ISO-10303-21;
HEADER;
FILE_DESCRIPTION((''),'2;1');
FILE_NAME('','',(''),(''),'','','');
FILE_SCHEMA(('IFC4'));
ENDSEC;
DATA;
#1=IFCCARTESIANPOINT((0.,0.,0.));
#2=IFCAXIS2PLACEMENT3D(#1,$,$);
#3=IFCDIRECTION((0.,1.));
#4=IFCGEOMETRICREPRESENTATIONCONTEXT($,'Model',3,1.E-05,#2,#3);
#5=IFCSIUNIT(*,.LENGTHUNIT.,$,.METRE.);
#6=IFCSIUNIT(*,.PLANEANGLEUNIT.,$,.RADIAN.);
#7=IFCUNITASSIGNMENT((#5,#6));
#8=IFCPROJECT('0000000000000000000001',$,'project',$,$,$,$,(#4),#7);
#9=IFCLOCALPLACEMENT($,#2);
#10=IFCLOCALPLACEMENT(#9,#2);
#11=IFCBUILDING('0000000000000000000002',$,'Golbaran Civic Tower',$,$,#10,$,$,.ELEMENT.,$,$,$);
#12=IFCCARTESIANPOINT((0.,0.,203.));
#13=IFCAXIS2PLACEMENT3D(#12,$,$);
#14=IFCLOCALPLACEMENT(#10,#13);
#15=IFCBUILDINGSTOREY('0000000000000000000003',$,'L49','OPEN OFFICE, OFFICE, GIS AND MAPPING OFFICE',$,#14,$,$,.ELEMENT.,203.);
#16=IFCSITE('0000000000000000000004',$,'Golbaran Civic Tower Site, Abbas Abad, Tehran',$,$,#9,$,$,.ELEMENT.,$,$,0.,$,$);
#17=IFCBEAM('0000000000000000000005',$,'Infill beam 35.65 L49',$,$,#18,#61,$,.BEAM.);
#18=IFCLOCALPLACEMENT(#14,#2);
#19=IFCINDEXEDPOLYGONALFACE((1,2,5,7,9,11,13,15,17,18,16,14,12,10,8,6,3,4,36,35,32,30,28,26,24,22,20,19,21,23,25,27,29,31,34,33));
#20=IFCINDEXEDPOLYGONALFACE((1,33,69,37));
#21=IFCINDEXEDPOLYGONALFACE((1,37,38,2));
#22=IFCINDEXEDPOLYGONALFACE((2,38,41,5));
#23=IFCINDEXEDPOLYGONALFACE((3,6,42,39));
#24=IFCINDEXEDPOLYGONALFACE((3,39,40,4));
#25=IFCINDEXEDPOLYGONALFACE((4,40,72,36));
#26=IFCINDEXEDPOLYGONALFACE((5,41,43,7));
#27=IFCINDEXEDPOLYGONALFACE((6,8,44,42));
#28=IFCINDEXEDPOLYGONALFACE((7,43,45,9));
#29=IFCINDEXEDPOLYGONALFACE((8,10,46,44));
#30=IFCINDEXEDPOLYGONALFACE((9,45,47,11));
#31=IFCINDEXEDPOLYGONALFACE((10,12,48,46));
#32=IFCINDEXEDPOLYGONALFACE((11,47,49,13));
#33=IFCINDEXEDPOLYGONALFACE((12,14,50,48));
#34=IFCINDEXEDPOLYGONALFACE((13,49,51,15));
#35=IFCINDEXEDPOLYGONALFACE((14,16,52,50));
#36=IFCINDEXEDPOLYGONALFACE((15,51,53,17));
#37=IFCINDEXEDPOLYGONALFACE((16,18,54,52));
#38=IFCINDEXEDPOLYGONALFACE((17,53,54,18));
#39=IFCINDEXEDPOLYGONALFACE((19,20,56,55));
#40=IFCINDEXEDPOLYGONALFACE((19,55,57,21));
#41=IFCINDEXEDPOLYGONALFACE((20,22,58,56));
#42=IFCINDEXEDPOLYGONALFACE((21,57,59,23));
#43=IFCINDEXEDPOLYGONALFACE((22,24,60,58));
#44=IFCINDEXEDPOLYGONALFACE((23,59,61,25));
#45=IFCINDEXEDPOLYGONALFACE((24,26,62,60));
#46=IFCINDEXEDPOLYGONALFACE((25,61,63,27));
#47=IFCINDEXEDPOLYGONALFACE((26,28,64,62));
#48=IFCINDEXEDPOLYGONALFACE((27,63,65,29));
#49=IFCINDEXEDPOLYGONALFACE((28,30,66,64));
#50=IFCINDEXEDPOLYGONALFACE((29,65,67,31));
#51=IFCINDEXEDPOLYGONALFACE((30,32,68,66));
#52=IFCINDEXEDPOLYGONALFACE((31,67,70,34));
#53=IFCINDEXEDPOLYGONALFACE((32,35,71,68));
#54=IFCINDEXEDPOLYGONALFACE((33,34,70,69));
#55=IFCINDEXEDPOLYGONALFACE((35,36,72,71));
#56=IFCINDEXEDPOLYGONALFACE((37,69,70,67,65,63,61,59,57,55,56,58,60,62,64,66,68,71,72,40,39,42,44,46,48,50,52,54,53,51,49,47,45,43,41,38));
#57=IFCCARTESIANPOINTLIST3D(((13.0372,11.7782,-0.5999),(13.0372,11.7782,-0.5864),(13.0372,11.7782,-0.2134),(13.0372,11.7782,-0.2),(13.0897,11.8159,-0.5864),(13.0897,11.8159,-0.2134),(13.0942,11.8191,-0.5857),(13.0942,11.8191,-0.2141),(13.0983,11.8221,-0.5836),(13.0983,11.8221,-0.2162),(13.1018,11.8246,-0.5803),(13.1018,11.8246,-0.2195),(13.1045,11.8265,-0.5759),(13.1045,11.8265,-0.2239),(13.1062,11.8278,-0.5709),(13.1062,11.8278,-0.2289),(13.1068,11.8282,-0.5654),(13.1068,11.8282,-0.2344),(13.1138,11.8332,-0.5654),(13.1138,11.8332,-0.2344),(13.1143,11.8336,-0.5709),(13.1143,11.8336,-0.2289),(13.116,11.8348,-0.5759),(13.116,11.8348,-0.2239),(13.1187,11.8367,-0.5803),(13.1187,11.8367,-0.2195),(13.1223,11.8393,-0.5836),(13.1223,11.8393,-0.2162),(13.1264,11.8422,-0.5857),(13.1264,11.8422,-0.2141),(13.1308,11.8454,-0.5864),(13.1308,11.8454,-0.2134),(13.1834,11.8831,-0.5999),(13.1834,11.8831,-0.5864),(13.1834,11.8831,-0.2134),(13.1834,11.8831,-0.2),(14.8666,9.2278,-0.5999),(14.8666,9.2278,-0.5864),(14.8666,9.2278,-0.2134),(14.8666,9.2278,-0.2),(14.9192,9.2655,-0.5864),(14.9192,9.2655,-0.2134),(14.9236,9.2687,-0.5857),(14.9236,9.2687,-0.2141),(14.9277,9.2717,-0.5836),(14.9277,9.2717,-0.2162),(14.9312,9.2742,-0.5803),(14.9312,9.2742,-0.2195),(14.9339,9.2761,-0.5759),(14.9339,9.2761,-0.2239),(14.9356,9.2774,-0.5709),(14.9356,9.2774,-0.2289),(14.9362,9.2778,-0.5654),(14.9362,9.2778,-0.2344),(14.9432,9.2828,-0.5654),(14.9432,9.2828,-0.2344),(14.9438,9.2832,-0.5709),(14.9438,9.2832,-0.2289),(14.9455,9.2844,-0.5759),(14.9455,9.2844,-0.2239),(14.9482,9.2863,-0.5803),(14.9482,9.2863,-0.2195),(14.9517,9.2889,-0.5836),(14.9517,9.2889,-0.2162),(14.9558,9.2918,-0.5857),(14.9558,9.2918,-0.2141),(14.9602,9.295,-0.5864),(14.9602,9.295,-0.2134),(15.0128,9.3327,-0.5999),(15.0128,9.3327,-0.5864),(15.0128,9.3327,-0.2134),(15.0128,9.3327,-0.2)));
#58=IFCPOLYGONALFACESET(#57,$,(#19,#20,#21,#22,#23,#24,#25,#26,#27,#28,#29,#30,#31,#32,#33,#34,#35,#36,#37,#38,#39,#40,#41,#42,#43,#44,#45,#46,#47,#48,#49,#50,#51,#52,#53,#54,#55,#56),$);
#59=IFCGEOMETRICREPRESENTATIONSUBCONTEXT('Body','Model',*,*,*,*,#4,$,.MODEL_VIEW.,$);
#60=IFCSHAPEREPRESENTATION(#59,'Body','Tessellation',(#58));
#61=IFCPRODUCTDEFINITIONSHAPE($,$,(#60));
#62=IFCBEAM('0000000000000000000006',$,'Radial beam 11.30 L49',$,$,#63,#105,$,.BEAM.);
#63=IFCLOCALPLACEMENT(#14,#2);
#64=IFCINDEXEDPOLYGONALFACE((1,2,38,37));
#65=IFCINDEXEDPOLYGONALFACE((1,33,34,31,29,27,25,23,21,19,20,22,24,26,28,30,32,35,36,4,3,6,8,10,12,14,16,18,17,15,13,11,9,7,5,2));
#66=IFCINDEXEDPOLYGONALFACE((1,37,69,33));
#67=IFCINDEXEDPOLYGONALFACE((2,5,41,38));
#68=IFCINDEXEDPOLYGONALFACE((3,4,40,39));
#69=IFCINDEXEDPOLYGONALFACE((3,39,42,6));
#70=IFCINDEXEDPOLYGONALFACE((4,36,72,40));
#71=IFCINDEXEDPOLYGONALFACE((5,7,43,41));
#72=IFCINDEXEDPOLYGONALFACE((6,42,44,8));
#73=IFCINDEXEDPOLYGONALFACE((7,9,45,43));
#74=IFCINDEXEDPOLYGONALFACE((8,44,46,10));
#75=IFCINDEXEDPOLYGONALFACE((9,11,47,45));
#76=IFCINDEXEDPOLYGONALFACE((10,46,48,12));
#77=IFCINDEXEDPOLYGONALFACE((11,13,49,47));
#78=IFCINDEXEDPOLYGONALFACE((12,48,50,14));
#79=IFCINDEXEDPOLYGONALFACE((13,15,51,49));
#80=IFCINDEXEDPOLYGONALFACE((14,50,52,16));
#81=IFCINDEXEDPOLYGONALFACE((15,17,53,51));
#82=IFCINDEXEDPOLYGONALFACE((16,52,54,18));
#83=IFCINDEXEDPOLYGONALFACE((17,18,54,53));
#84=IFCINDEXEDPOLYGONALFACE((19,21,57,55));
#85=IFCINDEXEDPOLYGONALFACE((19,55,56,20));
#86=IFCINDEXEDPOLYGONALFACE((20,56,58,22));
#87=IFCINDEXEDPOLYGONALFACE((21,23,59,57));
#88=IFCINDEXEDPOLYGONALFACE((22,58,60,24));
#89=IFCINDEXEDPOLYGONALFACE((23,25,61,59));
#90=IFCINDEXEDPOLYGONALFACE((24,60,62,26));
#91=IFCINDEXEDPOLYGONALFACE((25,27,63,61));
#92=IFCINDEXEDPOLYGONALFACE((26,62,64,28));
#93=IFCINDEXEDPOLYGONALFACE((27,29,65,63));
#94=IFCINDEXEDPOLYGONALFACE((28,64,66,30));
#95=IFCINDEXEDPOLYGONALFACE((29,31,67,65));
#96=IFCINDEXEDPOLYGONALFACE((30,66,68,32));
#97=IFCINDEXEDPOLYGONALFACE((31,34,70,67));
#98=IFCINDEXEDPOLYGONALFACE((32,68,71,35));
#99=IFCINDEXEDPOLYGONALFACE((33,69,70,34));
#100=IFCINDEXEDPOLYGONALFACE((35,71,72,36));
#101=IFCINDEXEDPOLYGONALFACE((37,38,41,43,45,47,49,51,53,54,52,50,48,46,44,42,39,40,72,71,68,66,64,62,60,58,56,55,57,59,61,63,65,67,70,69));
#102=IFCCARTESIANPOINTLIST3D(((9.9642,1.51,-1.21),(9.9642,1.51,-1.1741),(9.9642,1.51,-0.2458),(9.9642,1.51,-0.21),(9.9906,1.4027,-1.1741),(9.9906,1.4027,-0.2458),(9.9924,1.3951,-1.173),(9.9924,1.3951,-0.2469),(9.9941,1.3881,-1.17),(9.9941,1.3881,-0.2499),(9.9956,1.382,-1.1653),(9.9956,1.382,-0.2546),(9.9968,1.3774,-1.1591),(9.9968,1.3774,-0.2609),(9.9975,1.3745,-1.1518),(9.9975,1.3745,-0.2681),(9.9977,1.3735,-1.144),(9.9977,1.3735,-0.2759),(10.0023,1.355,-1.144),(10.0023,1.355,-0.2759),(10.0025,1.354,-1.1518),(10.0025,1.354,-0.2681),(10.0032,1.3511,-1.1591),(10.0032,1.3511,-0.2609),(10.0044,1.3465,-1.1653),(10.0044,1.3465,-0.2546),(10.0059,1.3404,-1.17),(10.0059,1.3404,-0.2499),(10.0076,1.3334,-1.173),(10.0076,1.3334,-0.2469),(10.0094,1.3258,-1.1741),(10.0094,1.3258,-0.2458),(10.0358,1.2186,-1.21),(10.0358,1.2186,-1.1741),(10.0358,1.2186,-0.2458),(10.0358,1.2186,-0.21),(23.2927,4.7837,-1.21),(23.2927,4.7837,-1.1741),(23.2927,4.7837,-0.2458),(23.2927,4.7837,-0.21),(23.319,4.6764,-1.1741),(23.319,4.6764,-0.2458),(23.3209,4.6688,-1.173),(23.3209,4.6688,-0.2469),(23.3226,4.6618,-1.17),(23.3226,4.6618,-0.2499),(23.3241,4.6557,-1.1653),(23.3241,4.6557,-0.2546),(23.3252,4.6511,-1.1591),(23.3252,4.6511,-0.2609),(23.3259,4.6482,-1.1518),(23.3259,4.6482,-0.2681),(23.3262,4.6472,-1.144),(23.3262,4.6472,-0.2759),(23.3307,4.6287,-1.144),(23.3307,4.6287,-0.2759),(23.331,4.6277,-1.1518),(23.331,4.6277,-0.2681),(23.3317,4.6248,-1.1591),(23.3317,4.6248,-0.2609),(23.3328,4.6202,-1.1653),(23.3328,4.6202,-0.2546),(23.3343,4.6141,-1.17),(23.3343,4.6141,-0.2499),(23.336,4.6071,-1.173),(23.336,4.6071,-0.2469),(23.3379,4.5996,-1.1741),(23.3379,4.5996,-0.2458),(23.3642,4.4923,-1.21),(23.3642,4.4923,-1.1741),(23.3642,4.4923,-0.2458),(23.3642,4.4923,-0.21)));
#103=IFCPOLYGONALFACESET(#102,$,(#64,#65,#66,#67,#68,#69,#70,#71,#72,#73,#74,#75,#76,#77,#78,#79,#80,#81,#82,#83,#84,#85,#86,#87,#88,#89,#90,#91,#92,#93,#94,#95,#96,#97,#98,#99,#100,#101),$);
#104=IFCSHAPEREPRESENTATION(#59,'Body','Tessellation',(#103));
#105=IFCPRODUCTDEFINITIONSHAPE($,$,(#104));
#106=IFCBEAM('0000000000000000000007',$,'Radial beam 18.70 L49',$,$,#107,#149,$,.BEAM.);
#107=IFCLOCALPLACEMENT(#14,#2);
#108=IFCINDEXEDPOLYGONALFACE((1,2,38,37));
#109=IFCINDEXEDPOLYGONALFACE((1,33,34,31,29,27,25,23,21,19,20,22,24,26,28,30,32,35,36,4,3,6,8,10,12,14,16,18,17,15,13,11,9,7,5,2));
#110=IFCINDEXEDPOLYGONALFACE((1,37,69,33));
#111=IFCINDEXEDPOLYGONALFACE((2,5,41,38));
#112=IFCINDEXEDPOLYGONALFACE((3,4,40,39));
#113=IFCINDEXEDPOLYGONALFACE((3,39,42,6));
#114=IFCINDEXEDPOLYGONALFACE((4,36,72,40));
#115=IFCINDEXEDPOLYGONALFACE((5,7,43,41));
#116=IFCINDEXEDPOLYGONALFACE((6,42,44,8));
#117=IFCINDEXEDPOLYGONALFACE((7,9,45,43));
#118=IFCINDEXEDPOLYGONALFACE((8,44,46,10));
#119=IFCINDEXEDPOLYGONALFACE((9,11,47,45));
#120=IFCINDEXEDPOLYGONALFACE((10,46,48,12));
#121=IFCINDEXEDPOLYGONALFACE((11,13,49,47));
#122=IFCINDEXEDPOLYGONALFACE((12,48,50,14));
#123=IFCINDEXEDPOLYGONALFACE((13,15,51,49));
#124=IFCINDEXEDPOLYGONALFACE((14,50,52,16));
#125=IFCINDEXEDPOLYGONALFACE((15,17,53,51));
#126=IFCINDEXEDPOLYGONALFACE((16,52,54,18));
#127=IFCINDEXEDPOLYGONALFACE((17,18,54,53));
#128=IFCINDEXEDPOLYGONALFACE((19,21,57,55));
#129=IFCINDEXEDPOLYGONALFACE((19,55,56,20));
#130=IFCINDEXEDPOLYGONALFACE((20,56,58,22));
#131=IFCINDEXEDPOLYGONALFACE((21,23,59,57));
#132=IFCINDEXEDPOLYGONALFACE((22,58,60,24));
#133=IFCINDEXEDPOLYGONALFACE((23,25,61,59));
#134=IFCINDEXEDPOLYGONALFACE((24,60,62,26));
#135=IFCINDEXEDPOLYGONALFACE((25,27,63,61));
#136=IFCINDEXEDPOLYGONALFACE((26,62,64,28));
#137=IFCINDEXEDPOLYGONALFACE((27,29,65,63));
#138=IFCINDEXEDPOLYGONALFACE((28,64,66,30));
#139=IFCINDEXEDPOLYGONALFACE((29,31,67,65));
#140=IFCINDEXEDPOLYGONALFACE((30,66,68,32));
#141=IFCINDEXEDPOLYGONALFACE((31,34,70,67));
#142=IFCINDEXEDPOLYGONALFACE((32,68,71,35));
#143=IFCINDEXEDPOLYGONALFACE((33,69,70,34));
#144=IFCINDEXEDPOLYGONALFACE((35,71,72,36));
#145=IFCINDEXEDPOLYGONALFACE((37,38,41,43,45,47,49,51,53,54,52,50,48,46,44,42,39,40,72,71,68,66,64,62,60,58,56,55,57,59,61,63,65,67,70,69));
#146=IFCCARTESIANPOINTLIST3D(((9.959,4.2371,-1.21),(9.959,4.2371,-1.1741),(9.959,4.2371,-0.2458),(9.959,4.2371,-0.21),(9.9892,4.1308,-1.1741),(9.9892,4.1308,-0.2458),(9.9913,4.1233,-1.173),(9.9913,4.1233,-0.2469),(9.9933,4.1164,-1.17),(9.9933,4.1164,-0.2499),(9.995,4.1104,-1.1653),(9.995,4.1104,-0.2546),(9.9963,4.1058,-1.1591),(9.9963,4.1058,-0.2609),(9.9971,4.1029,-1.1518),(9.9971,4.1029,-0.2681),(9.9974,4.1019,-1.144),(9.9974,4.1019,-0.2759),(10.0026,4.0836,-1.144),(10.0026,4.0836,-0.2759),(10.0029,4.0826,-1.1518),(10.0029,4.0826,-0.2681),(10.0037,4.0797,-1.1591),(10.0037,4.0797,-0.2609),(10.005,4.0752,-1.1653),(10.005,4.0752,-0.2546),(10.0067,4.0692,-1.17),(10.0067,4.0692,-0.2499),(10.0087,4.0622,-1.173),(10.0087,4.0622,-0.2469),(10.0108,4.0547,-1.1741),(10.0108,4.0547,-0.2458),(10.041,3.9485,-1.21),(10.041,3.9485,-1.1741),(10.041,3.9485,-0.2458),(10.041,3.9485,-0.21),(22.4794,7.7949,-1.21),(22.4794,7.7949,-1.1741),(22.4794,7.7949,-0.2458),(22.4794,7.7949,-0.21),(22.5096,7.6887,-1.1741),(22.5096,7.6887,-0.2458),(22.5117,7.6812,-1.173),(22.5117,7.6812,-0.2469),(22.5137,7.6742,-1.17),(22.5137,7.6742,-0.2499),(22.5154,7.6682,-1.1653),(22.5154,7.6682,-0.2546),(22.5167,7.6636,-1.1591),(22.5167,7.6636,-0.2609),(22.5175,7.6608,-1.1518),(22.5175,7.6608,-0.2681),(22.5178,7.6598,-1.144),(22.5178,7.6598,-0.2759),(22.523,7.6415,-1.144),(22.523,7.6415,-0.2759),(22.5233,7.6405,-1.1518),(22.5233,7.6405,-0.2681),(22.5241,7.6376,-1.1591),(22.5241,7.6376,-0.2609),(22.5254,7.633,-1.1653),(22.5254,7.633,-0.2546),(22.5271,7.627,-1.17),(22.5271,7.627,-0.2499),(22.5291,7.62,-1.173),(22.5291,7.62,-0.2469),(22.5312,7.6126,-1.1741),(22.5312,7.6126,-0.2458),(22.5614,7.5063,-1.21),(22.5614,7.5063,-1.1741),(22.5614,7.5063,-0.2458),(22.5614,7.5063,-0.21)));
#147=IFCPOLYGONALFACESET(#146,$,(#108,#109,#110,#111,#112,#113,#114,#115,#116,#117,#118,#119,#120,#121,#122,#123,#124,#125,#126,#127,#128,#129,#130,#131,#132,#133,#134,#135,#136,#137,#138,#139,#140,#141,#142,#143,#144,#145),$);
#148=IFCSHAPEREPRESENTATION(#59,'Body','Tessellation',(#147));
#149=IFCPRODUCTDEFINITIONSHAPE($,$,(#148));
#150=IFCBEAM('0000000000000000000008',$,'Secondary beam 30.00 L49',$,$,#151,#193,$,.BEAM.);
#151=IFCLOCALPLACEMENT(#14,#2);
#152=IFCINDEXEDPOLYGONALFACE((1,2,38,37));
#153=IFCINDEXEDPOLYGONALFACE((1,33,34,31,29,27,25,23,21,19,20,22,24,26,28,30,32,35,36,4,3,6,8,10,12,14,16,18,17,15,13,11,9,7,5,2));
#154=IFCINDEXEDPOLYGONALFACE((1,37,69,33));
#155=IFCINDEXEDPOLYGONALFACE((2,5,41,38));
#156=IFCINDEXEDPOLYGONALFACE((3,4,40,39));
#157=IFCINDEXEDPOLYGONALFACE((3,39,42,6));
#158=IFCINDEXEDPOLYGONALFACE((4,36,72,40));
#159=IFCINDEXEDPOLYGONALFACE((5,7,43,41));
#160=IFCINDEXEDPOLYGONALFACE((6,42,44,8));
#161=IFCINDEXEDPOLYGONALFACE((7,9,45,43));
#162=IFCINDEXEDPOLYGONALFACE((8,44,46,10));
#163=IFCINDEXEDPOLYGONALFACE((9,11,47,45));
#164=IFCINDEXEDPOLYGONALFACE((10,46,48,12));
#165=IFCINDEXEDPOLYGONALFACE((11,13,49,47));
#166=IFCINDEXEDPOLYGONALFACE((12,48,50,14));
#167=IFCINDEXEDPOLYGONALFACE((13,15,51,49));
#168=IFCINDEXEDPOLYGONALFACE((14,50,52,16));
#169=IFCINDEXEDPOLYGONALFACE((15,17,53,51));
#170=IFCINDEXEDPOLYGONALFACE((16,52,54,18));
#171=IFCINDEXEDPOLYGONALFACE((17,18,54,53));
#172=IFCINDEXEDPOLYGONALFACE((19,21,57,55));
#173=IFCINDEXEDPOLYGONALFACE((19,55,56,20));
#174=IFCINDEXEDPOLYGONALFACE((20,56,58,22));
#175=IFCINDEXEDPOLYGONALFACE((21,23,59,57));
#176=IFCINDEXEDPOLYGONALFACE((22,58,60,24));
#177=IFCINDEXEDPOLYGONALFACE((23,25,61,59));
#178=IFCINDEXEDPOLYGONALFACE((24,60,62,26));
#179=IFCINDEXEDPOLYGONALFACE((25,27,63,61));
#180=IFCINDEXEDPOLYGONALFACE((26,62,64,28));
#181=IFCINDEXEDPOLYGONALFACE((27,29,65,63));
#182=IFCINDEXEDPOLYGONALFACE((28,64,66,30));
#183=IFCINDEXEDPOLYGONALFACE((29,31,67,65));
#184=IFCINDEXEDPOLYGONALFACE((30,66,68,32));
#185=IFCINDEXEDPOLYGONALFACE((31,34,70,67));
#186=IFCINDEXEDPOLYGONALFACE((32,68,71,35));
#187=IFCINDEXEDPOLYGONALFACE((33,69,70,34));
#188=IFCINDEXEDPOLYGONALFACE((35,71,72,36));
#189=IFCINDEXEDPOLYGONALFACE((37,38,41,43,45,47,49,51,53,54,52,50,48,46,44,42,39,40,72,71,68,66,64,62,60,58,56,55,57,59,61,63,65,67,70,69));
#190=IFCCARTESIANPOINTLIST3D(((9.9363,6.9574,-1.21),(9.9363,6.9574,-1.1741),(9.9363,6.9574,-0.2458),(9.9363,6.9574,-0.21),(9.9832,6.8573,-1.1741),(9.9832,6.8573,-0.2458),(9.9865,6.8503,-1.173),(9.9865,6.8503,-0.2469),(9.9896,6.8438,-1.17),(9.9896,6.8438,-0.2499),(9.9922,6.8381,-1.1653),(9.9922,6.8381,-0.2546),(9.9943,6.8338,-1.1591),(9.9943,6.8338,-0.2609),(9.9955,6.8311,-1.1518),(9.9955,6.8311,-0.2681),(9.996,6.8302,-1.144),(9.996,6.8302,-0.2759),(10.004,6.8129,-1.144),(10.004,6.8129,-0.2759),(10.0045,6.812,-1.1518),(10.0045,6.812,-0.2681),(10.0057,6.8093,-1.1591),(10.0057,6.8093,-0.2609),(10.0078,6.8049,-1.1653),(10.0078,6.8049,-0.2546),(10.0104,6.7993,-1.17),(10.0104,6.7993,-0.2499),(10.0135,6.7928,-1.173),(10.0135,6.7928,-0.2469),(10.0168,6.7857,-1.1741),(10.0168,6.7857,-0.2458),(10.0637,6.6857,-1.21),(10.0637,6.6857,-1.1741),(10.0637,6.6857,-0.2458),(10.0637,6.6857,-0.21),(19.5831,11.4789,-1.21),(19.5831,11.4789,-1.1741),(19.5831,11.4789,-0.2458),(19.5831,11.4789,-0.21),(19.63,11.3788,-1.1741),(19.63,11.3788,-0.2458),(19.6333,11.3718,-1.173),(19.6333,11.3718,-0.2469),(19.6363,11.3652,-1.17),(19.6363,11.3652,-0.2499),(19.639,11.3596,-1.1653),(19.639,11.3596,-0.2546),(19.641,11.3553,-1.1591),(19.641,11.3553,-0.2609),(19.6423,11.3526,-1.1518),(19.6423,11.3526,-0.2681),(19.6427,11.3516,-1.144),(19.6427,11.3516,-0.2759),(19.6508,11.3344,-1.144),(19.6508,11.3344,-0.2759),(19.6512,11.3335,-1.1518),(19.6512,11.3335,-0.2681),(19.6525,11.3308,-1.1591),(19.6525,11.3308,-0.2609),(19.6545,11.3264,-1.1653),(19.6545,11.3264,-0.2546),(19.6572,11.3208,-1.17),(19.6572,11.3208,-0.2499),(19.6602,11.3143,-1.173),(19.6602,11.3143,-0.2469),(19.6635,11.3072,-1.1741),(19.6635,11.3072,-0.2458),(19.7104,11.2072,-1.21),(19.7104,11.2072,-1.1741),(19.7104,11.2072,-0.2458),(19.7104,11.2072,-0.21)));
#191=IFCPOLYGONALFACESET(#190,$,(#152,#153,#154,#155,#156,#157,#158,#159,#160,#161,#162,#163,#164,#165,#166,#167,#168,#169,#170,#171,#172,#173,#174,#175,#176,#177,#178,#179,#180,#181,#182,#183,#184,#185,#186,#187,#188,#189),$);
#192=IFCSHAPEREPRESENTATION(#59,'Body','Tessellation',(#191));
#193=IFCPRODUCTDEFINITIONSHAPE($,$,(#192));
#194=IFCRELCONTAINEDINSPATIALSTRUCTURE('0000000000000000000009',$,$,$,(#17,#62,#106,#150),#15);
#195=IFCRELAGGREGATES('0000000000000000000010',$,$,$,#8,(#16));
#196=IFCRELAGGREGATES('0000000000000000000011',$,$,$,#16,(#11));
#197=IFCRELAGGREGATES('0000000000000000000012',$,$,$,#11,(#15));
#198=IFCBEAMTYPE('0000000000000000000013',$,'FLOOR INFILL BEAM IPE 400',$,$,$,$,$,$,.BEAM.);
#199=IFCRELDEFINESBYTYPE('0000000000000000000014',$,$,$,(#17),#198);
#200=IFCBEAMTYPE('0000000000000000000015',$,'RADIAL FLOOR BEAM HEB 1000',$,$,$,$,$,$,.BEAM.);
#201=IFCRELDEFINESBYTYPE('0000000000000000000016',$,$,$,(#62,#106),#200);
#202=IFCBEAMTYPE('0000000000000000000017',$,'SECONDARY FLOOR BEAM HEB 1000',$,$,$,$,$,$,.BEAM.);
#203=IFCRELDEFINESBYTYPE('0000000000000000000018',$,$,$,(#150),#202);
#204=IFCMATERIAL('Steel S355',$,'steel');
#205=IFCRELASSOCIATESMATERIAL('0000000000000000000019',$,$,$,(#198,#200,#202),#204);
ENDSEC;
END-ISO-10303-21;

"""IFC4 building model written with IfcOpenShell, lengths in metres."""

from ifc_helpers import new_model, si_unit, direction, frame, origin, origin_2d, place, context, subcontext, project, spatial, i_section, extrude, material, material_profile, profile_set, type_object, element, save


model = new_model("IFC4")

# Units and contexts
model_context = context("Model", 3, precision=1e-05, world=origin(), true_north=direction((0.0, 1.0)))
body_context = subcontext(model_context, "Body", "Model", "MODEL_VIEW")
ifc_project = project(units=[si_unit("LENGTHUNIT", "METRE"), si_unit("PLANEANGLEUNIT", "RADIAN")], contexts=[model_context])

# Site, building, storey
site_placement = place(None, origin())
site = spatial("IfcSite", under=ifc_project, at=site_placement, Name="Golbaran Civic Tower Site, Abbas Abad, Tehran", CompositionType="ELEMENT", RefElevation=0.0)
building_placement = place(site_placement, origin())
building = spatial("IfcBuilding", under=site, at=building_placement, Name="Golbaran Civic Tower", CompositionType="ELEMENT")
storey_placement = place(building_placement, frame((0.0, 0.0, 203.0)))
storey = spatial("IfcBuildingStorey", under=building, at=storey_placement, Name="L49", Description="OPEN OFFICE, OFFICE, GIS AND MAPPING OFFICE", CompositionType="ELEMENT", Elevation=203.0)

# Beams
ifc_material_1 = material(Name="Steel S355", Category="steel")
ifc_material_profile_1 = material_profile(ifc_material_1, i_section(OverallWidth=0.1799, OverallDepth=0.3999, WebThickness=0.0085, FlangeThickness=0.0134, FilletRadius=0.021, at=origin_2d()), Name="IPE 400")
ifc_profile_set_1 = profile_set([ifc_material_profile_1], Name="Steel S355")
beam_type_1 = type_object("IfcBeamType", Name="FLOOR INFILL BEAM IPE 400", PredefinedType="BEAM", material=ifc_profile_set_1)
beam_1_placement = place(storey_placement, frame((14.9397, 9.2803, -0.3999), z_axis=(-0.582863, 0.81257, 0.0), x_axis=(-0.81257, -0.582863, 0.0)))
element("IfcBeam", 1, at=beam_1_placement, inside=storey, type_object=beam_type_1, Name="Infill beam 35.65 L49", PredefinedType="BEAM", context=body_context, shape_type="SweptSolid", body=[
    extrude(i_section(OverallWidth=0.1799, OverallDepth=0.3999, WebThickness=0.0085, FlangeThickness=0.0134, FilletRadius=0.021, at=origin_2d()), origin(), (0.0, 0.0, 1.0), 3.1387),
])
ifc_material_profile_2 = material_profile(ifc_material_1, i_section(OverallWidth=0.3, OverallDepth=1.0, WebThickness=0.019, FlangeThickness=0.0359, FilletRadius=0.03, at=origin_2d()), Name="HEB 1000")
ifc_profile_set_2 = profile_set([ifc_material_profile_2], Name="Steel S355")
beam_type_2 = type_object("IfcBeamType", Name="RADIAL FLOOR BEAM HEB 1000", PredefinedType="BEAM", material=ifc_profile_set_2)
beam_2_placement = place(storey_placement, frame((10.0, 1.3643, -0.71), z_axis=(0.971136, 0.238528, 0.0), x_axis=(-0.238528, 0.971136, 0.0)))
element("IfcBeam", 2, at=beam_2_placement, inside=storey, type_object=beam_type_2, Name="Radial beam 11.30 L49", PredefinedType="BEAM", context=body_context, shape_type="SweptSolid", body=[
    extrude(i_section(OverallWidth=0.3, OverallDepth=1.0, WebThickness=0.019, FlangeThickness=0.0359, FilletRadius=0.03, at=origin_2d()), origin(), (0.0, 0.0, 1.0), 13.7246),
])
beam_3_placement = place(storey_placement, frame((10.0, 4.0928, -0.71), z_axis=(0.961917, 0.273341, 0.0), x_axis=(-0.273341, 0.961917, 0.0)))
element("IfcBeam", 3, at=beam_3_placement, inside=storey, type_object=beam_type_2, Name="Radial beam 18.70 L49", PredefinedType="BEAM", context=body_context, shape_type="SweptSolid", body=[
    extrude(i_section(OverallWidth=0.3, OverallDepth=1.0, WebThickness=0.019, FlangeThickness=0.0359, FilletRadius=0.03, at=origin_2d()), origin(), (0.0, 0.0, 1.0), 13.0161),
])
ifc_material_profile_3 = material_profile(ifc_material_1, i_section(OverallWidth=0.3, OverallDepth=1.0, WebThickness=0.019, FlangeThickness=0.0359, FilletRadius=0.03, at=origin_2d()), Name="HEB 1000")
ifc_profile_set_3 = profile_set([ifc_material_profile_3], Name="Steel S355")
beam_type_3 = type_object("IfcBeamType", Name="SECONDARY FLOOR BEAM HEB 1000", PredefinedType="BEAM", material=ifc_profile_set_3)
beam_4_placement = place(storey_placement, frame((10.0, 6.8215, -0.71), z_axis=(0.905474, 0.424402, 0.0), x_axis=(-0.424402, 0.905474, 0.0)))
element("IfcBeam", 4, at=beam_4_placement, inside=storey, type_object=beam_type_3, Name="Secondary beam 30.00 L49", PredefinedType="BEAM", context=body_context, shape_type="SweptSolid", body=[
    extrude(i_section(OverallWidth=0.3, OverallDepth=1.0, WebThickness=0.019, FlangeThickness=0.0359, FilletRadius=0.03, at=origin_2d()), origin(), (0.0, 0.0, 1.0), 10.6538),
])

save(model, "model.ifc")
